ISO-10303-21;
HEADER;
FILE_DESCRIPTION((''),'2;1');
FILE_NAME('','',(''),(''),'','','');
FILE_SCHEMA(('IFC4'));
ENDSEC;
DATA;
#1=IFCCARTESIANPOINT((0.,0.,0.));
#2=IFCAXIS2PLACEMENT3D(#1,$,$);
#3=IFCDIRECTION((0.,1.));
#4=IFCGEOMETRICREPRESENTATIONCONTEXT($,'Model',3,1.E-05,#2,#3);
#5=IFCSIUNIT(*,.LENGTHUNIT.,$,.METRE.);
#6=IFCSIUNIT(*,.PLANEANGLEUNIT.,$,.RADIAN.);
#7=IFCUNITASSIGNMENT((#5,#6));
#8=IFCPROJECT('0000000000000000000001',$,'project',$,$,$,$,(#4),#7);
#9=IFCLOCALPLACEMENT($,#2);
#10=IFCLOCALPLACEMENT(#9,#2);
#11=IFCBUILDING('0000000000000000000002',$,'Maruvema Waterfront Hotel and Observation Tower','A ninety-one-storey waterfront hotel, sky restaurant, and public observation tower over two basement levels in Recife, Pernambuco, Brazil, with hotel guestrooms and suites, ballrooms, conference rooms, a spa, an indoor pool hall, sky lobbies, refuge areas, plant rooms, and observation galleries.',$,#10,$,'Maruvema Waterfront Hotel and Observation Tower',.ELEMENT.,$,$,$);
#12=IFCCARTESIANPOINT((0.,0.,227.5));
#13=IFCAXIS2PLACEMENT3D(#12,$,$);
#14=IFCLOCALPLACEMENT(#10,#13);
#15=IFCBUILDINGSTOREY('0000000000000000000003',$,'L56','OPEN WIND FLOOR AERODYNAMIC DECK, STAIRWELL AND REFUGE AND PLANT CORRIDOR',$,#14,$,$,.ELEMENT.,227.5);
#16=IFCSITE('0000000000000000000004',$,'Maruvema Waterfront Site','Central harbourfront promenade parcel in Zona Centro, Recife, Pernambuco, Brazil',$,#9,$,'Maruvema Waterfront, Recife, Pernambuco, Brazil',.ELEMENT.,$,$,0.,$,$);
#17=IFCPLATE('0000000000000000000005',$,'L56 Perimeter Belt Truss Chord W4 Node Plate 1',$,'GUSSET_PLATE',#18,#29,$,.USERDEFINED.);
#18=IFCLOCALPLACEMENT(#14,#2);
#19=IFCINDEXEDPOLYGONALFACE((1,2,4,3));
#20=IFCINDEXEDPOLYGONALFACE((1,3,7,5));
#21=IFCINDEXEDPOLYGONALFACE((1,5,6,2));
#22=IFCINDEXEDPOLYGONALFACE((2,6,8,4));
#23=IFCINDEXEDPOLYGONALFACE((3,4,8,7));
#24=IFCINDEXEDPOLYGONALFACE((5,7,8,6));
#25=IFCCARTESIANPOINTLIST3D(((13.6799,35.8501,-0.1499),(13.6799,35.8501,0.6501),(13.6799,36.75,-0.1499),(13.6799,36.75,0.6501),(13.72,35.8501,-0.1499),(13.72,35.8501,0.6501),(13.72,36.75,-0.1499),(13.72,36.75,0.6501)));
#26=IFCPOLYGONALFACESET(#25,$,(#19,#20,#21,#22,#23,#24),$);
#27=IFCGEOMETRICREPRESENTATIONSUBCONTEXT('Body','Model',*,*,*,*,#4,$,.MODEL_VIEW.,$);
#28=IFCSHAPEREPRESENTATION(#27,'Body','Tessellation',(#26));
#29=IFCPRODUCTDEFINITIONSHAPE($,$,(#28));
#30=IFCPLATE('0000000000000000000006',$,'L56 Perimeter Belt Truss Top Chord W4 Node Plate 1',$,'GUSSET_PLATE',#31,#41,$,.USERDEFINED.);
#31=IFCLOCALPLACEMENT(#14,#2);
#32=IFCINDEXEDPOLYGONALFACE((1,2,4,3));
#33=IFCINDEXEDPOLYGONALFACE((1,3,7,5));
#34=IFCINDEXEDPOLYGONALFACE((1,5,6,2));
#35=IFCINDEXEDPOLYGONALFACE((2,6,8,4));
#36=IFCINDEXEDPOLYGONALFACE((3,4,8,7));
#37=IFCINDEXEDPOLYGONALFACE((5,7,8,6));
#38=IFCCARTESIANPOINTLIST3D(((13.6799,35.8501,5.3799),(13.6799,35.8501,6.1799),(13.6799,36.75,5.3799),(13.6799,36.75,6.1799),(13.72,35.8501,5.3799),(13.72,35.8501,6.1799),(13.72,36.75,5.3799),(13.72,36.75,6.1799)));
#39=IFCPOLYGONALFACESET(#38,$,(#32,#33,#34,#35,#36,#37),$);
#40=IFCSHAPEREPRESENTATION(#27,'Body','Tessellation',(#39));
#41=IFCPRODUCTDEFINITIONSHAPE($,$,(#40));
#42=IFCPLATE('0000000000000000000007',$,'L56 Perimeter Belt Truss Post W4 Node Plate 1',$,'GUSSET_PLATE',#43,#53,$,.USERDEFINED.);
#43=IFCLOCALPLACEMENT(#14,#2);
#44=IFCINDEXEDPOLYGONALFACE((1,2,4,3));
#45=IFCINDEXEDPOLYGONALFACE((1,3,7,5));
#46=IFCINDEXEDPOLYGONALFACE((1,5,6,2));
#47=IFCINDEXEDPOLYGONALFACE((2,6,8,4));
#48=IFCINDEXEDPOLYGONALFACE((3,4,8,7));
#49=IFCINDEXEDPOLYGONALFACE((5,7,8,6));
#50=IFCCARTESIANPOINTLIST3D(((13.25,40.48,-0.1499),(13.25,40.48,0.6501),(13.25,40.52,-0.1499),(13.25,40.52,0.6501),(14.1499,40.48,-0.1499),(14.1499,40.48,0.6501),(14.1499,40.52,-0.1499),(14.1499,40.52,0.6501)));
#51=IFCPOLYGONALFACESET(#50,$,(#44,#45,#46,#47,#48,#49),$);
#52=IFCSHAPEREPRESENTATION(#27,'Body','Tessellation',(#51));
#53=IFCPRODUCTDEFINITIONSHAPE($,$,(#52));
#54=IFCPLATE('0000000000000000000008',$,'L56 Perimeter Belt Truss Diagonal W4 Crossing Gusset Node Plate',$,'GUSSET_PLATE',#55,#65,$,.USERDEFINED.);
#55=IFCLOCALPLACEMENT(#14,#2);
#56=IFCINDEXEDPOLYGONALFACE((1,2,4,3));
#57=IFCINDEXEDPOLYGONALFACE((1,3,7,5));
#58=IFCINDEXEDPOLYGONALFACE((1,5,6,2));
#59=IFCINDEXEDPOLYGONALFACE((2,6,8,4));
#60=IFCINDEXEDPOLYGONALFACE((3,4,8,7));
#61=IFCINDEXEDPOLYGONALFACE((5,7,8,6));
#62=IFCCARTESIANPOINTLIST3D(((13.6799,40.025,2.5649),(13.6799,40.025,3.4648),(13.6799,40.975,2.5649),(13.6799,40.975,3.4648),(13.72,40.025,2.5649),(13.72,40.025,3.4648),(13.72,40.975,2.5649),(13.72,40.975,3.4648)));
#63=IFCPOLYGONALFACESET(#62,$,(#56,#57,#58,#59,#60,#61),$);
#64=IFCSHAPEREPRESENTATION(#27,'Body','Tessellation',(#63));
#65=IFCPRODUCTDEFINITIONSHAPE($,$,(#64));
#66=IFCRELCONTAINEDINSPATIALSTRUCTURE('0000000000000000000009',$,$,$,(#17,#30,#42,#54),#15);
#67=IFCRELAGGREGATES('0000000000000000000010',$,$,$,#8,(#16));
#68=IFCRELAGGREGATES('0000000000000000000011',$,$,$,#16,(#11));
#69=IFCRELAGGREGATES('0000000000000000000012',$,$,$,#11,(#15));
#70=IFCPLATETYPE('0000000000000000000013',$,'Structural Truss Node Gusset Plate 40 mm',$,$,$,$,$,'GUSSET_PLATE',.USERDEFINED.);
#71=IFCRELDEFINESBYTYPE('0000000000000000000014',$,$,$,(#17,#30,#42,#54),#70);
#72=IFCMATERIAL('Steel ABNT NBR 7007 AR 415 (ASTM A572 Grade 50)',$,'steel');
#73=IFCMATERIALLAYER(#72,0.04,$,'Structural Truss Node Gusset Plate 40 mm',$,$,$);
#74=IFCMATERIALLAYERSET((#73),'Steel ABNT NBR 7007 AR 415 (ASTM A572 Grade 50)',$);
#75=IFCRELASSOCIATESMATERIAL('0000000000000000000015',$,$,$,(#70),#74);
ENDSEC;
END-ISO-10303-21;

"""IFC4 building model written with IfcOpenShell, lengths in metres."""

from ifc_helpers import new_model, si_unit, direction, frame, origin, origin_2d, place, context, subcontext, project, spatial, rectangle, extrude, material, layer, layer_set, type_object, element, save


model = new_model("IFC4")

# Units and contexts
model_context = context("Model", 3, precision=1e-05, world=origin(), true_north=direction((0.0, 1.0)))
body_context = subcontext(model_context, "Body", "Model", "MODEL_VIEW")
ifc_project = project(units=[si_unit("LENGTHUNIT", "METRE"), si_unit("PLANEANGLEUNIT", "RADIAN")], contexts=[model_context])

# Site, building, storey
site_placement = place(None, origin())
site = spatial("IfcSite", under=ifc_project, at=site_placement, Name="Maruvema Waterfront Site", Description="Central harbourfront promenade parcel in Zona Centro, Recife, Pernambuco, Brazil", LongName="Maruvema Waterfront, Recife, Pernambuco, Brazil", CompositionType="ELEMENT", RefElevation=0.0)
building_placement = place(site_placement, origin())
building = spatial("IfcBuilding", under=site, at=building_placement, Name="Maruvema Waterfront Hotel and Observation Tower", Description="A ninety-one-storey waterfront hotel, sky restaurant, and public observation tower over two basement levels in Recife, Pernambuco, Brazil, with hotel guestrooms and suites, ballrooms, conference rooms, a spa, an indoor pool hall, sky lobbies, refuge areas, plant rooms, and observation galleries.", LongName="Maruvema Waterfront Hotel and Observation Tower", CompositionType="ELEMENT")
storey_placement = place(building_placement, frame((0.0, 0.0, 227.5)))
storey = spatial("IfcBuildingStorey", under=building, at=storey_placement, Name="L56", Description="OPEN WIND FLOOR AERODYNAMIC DECK, STAIRWELL AND REFUGE AND PLANT CORRIDOR", CompositionType="ELEMENT", Elevation=227.5)

# Plates
ifc_material_1 = material(Name="Steel ABNT NBR 7007 AR 415 (ASTM A572 Grade 50)", Category="steel")
ifc_layer_1 = layer(ifc_material_1, 0.04, Name="Structural Truss Node Gusset Plate 40 mm")
ifc_layer_set_1 = layer_set([ifc_layer_1], Name="Steel ABNT NBR 7007 AR 415 (ASTM A572 Grade 50)")
plate_type_1 = type_object("IfcPlateType", Name="Structural Truss Node Gusset Plate 40 mm", ElementType="GUSSET_PLATE", PredefinedType="USERDEFINED", material=ifc_layer_set_1)
for number, where, z_axis, x_axis, name in (
    (1, (13.7, 36.3, -0.1499), (0.0, 0.0, 1.0), (0.0, 1.0, 0.0), "L56 Perimeter Belt Truss Chord W4 Node Plate 1"),
    (2, (13.7, 36.3, 5.3799), (0.0, 0.0, 1.0), (0.0, 1.0, 0.0), "L56 Perimeter Belt Truss Top Chord W4 Node Plate 1"),
    (3, (13.7, 40.5, -0.1499), (0.0, 0.0, 1.0), (1.0, 0.0, 0.0), "L56 Perimeter Belt Truss Post W4 Node Plate 1"),
):
    element("IfcPlate", number, at=place(storey_placement, frame(where, z_axis=z_axis, x_axis=x_axis)), inside=storey, type_object=plate_type_1, Name=name, ObjectType="GUSSET_PLATE", PredefinedType="USERDEFINED", context=body_context, shape_type="SweptSolid", body=[
        extrude(rectangle(XDim=0.8999, YDim=0.04, at=origin_2d()), origin(), (0.0, 0.0, 1.0), 0.8),
    ])
plate_1_placement = place(storey_placement, frame((13.7, 40.5, 2.5649), z_axis=(0.0, 0.0, 1.0), x_axis=(0.0, -1.0, 0.0)))
element("IfcPlate", 4, at=plate_1_placement, inside=storey, type_object=plate_type_1, Name="L56 Perimeter Belt Truss Diagonal W4 Crossing Gusset Node Plate", ObjectType="GUSSET_PLATE", PredefinedType="USERDEFINED", context=body_context, shape_type="SweptSolid", body=[
    extrude(rectangle(XDim=0.95, YDim=0.04, at=origin_2d()), origin(), (0.0, 0.0, 1.0), 0.8999),
])

save(model, "model.ifc")
